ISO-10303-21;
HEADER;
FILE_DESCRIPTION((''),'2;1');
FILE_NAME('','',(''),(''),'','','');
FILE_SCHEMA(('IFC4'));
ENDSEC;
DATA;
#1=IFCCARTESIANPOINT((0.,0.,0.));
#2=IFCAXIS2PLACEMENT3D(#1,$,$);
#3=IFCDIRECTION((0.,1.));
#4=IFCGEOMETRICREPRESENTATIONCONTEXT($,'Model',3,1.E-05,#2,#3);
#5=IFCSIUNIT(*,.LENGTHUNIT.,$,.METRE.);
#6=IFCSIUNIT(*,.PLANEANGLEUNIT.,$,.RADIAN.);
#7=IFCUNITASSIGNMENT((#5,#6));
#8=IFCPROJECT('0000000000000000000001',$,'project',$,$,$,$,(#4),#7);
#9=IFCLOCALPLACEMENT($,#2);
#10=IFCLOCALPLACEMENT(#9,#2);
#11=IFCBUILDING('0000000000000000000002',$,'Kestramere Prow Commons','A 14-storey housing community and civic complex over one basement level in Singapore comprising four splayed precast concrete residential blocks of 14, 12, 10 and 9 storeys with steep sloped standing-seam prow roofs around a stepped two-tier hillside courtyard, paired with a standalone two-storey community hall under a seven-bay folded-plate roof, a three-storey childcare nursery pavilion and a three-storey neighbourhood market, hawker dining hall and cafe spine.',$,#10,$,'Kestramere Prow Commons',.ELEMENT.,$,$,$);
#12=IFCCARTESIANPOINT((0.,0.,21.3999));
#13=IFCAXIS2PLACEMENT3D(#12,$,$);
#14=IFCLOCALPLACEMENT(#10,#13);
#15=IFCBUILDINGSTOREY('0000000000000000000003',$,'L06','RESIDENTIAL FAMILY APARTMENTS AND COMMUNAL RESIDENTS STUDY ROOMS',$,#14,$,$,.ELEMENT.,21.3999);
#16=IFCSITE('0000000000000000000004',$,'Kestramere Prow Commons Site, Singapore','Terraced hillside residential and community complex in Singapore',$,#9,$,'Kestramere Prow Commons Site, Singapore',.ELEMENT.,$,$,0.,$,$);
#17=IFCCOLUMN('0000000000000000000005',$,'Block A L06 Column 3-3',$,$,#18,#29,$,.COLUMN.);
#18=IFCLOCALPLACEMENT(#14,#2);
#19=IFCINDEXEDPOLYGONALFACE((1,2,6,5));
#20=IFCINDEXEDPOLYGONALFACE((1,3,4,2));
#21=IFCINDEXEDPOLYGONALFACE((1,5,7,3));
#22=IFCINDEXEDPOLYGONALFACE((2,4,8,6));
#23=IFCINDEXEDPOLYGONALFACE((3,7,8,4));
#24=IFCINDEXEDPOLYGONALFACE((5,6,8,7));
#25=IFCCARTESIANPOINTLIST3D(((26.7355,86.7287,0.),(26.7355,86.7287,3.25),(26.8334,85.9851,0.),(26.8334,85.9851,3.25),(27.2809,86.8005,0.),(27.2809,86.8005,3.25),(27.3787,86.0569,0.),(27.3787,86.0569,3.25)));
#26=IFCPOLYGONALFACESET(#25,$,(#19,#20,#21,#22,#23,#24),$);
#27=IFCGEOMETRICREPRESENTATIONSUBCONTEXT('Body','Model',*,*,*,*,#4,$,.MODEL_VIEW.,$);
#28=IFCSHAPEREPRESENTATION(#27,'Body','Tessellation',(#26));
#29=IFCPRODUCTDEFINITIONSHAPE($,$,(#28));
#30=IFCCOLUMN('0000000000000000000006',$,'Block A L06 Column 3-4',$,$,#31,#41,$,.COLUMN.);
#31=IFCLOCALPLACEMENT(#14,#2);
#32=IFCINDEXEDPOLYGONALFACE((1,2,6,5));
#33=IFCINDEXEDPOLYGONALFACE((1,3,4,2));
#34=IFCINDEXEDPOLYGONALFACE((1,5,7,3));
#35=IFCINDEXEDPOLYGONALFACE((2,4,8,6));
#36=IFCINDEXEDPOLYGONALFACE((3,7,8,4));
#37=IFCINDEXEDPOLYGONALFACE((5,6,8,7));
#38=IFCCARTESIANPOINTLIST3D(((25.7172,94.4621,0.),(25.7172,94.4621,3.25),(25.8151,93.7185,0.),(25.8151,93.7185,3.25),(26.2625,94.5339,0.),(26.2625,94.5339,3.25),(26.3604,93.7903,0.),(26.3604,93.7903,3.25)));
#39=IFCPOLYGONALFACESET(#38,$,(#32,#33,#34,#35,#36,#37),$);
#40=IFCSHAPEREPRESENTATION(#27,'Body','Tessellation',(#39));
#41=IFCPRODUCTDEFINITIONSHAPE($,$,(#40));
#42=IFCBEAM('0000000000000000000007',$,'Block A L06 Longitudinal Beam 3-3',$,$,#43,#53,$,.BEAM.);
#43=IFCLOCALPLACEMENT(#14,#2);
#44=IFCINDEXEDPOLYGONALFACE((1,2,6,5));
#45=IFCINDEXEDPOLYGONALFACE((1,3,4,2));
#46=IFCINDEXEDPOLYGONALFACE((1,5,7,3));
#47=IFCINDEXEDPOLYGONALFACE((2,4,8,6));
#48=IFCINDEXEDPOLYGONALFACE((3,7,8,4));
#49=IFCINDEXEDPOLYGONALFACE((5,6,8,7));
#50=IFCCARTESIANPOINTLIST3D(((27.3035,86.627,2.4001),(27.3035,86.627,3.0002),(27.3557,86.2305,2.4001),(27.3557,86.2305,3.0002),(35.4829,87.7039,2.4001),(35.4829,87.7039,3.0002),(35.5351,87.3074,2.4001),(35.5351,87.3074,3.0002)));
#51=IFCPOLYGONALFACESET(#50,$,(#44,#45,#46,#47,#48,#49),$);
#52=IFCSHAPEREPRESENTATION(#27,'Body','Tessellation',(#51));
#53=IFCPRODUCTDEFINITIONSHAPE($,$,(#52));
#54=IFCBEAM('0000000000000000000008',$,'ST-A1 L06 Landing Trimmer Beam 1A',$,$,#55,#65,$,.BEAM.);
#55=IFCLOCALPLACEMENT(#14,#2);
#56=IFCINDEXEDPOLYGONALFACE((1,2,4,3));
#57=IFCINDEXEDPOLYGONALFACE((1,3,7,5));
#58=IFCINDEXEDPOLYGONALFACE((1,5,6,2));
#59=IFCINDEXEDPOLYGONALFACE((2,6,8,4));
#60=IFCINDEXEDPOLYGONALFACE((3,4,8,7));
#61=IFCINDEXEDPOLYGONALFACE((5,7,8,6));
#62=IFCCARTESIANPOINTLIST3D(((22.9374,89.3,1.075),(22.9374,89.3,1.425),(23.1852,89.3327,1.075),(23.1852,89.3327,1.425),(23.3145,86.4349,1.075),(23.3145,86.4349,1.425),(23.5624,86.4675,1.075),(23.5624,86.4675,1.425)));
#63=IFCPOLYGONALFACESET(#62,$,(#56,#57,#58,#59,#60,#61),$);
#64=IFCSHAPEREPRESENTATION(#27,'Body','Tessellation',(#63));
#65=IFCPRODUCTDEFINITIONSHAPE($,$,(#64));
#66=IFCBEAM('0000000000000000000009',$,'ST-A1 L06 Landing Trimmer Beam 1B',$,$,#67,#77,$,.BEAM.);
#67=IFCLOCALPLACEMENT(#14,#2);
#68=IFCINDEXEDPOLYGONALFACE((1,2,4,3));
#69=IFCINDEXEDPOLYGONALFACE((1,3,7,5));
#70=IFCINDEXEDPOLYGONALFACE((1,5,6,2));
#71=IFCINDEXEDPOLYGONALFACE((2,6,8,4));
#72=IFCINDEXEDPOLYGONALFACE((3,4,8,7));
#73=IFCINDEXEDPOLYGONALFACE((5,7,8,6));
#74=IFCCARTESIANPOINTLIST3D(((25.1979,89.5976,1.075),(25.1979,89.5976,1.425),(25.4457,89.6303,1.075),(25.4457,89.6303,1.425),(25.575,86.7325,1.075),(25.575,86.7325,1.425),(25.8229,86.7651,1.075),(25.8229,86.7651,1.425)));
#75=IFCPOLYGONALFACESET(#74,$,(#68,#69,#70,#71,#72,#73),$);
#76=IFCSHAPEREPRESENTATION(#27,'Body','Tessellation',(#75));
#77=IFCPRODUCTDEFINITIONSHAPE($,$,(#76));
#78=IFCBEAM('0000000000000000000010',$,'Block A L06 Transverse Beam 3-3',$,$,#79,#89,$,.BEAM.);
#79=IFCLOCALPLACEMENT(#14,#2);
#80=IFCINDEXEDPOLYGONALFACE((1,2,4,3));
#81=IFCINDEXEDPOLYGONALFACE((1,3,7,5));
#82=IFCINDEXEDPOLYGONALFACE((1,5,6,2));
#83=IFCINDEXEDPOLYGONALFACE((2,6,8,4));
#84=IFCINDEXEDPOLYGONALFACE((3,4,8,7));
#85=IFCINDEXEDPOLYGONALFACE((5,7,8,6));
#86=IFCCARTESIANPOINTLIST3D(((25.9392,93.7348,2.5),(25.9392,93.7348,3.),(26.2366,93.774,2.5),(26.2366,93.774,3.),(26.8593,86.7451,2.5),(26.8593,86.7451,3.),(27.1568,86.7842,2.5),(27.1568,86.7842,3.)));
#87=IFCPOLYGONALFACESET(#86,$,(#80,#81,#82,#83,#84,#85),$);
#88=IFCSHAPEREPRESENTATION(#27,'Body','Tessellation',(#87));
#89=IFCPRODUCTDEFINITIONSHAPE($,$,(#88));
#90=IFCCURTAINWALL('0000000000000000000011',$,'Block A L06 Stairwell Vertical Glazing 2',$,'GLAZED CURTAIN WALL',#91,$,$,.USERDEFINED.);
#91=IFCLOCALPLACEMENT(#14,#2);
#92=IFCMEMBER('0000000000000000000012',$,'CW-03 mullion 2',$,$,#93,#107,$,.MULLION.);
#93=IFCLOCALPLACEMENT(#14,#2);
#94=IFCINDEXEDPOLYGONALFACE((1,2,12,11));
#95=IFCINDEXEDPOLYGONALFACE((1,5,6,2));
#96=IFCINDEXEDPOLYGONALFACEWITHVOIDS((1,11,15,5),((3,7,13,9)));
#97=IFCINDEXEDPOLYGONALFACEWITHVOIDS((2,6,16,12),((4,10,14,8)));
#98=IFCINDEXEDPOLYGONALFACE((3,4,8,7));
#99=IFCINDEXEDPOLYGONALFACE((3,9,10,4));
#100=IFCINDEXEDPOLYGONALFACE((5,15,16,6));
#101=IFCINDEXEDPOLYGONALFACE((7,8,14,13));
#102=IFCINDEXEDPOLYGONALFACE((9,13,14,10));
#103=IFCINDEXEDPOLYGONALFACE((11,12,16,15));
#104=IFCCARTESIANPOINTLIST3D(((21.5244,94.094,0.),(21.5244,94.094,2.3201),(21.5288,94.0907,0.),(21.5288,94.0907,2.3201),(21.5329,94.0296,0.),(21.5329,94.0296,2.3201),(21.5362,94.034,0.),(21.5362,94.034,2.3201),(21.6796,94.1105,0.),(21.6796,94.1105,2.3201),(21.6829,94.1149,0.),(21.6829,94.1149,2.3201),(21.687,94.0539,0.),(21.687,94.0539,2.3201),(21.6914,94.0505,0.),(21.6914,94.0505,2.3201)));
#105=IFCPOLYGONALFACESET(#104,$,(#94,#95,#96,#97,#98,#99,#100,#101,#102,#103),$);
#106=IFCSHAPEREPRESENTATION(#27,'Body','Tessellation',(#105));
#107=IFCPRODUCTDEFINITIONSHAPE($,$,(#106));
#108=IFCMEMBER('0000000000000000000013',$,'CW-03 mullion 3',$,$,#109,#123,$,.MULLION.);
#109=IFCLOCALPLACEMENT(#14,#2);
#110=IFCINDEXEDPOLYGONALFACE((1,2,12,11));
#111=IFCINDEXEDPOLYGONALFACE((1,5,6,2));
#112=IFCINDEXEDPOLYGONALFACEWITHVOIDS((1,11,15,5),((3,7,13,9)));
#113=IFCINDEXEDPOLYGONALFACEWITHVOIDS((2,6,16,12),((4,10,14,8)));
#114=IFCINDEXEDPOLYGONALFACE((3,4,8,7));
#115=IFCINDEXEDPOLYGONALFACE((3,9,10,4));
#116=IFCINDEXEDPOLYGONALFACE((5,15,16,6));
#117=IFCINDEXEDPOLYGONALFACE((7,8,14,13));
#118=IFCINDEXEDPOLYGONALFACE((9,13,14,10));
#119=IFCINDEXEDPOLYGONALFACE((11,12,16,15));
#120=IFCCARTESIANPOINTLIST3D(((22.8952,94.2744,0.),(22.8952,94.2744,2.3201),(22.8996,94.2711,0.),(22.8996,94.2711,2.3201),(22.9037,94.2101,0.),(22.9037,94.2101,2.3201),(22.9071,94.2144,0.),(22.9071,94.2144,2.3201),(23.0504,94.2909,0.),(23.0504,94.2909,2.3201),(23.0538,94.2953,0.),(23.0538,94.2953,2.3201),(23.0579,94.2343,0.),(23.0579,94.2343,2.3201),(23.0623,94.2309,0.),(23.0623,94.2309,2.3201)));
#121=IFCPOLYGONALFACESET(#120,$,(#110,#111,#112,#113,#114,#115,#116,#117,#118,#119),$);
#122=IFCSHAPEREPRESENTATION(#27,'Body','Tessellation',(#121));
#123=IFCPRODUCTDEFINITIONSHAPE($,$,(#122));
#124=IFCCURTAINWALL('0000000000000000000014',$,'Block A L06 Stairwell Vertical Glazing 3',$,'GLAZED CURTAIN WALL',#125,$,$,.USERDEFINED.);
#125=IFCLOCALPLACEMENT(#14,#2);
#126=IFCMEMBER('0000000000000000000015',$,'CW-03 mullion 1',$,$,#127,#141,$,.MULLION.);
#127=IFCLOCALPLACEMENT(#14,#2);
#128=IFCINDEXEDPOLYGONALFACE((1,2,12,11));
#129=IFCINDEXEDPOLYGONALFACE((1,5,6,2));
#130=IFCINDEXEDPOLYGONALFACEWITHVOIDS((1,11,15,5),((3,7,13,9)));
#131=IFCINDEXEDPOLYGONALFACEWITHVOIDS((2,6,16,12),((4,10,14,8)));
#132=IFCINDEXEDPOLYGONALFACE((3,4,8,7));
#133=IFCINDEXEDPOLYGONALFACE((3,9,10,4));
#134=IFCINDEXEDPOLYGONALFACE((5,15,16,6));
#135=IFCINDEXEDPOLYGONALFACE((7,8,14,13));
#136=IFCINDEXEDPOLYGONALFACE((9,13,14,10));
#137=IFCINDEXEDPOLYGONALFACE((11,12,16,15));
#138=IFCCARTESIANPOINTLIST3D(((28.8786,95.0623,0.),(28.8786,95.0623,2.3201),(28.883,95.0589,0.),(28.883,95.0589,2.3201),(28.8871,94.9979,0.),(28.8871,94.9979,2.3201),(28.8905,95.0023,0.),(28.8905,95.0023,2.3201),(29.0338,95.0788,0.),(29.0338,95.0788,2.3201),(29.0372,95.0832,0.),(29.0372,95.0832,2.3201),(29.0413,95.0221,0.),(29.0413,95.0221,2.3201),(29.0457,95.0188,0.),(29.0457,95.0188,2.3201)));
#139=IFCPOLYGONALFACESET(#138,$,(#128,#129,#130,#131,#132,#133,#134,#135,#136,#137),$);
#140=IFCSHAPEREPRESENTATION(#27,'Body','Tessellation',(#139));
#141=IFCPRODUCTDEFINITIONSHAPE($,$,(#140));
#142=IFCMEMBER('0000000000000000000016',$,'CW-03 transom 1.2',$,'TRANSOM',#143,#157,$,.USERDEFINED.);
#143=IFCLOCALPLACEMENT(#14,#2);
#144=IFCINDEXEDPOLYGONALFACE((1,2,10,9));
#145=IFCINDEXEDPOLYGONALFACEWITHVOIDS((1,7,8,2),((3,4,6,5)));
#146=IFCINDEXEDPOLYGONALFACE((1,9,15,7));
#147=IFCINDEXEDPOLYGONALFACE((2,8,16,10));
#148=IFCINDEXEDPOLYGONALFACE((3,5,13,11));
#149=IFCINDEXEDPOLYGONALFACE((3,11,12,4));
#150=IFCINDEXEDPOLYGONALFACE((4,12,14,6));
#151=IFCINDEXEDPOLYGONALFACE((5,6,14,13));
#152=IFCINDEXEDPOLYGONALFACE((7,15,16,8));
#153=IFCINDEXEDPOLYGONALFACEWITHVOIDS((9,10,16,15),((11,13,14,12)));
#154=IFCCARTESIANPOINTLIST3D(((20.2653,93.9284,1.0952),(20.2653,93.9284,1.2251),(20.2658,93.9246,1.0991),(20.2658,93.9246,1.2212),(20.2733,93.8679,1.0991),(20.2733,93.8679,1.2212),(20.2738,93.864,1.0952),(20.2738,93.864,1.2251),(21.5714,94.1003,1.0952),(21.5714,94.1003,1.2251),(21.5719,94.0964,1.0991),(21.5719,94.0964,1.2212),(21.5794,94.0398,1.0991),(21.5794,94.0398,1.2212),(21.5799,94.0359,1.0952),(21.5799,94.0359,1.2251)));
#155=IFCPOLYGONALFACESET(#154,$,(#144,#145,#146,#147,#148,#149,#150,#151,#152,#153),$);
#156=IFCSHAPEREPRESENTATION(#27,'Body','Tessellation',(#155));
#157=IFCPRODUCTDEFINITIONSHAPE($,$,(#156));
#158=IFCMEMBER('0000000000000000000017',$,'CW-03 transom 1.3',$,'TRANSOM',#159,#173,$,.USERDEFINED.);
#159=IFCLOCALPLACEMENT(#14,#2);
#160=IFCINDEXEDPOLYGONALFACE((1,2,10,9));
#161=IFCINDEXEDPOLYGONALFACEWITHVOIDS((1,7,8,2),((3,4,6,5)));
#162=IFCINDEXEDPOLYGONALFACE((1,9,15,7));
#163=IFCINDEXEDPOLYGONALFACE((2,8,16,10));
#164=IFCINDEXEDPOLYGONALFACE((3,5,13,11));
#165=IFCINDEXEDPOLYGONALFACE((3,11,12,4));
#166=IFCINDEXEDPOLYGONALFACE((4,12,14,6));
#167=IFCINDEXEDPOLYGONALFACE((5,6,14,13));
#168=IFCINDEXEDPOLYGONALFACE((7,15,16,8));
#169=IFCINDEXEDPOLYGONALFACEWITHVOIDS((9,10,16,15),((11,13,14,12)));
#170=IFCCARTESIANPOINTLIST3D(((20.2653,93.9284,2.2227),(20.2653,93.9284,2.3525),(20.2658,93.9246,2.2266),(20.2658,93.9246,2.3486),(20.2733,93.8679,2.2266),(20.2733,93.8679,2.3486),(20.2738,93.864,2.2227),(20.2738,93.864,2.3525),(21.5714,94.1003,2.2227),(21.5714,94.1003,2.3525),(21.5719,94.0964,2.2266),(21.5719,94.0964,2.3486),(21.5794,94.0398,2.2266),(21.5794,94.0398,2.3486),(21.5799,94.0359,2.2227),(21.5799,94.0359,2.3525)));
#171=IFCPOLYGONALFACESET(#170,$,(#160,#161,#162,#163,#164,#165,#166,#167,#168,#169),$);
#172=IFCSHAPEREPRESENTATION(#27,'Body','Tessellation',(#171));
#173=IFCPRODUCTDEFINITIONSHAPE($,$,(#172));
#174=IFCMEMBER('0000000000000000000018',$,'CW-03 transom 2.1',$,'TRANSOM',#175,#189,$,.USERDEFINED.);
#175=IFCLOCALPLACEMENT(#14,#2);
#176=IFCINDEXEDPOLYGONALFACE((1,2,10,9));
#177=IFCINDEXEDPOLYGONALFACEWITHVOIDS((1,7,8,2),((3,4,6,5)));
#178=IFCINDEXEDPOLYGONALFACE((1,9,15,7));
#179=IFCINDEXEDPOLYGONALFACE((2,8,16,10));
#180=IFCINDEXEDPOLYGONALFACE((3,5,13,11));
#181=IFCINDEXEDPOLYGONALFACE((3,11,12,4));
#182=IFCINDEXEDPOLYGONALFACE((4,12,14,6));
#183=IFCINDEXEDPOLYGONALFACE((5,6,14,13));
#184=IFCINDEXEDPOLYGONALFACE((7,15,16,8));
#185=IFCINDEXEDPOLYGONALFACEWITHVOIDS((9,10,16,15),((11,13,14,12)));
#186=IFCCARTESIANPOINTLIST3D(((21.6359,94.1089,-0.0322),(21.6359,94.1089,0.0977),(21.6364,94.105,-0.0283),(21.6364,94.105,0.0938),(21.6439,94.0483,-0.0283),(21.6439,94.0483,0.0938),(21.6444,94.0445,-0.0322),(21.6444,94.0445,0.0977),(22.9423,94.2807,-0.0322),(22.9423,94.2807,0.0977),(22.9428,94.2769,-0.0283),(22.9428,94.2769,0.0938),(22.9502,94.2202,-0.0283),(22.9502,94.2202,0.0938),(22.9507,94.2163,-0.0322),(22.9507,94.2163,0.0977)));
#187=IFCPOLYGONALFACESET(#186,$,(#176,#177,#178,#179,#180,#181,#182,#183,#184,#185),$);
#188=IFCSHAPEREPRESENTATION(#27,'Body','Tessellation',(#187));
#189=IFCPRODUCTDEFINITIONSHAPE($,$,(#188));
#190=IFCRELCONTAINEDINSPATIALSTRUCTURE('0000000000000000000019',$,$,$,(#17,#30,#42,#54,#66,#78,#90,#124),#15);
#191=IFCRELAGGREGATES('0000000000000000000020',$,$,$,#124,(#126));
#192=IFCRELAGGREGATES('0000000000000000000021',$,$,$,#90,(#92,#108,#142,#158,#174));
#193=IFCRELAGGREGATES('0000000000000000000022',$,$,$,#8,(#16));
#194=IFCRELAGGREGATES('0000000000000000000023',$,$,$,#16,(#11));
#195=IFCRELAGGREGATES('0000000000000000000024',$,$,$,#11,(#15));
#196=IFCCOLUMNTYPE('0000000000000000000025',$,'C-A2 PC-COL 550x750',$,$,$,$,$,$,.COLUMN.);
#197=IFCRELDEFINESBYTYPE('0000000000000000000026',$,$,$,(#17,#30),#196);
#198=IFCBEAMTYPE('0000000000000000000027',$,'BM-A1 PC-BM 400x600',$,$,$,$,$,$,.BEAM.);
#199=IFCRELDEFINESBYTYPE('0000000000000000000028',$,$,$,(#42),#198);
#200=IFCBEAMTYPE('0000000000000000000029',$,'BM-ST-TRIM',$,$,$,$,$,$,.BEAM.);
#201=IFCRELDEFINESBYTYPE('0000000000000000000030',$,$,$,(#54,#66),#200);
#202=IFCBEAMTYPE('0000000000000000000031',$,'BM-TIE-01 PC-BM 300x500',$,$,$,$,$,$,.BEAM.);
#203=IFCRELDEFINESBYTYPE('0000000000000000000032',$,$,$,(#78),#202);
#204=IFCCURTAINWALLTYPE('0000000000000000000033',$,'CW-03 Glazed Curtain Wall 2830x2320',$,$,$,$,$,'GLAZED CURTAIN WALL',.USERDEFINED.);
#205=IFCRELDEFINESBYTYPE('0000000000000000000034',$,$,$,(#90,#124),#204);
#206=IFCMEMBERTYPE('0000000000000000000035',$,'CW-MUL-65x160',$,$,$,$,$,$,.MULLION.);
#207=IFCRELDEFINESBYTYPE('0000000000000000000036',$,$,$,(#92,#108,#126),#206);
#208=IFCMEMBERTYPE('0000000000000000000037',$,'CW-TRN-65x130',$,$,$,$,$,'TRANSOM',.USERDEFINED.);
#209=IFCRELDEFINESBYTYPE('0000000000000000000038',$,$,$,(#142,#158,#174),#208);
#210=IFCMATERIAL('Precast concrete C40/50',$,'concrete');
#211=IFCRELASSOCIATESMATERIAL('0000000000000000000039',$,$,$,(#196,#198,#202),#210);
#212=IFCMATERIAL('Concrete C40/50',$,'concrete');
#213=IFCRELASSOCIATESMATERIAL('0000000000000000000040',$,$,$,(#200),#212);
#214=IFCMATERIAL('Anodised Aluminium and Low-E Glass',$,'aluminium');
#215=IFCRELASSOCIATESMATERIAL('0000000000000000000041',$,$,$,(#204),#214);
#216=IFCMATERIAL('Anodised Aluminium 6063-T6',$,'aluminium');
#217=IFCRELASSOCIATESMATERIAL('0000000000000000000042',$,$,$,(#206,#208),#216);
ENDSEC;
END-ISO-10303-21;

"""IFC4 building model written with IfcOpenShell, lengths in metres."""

from ifc_helpers import new_model, si_unit, direction, frame, origin, origin_2d, place, context, subcontext, project, spatial, rectangle, hollow_rectangle, extrude, material, material_profile, profile_set, type_object, element, aggregate, save


model = new_model("IFC4")

# Units and contexts
model_context = context("Model", 3, precision=1e-05, world=origin(), true_north=direction((0.0, 1.0)))
body_context = subcontext(model_context, "Body", "Model", "MODEL_VIEW")
ifc_project = project(units=[si_unit("LENGTHUNIT", "METRE"), si_unit("PLANEANGLEUNIT", "RADIAN")], contexts=[model_context])

# Site, building, storey
site_placement = place(None, origin())
site = spatial("IfcSite", under=ifc_project, at=site_placement, Name="Kestramere Prow Commons Site, Singapore", Description="Terraced hillside residential and community complex in Singapore", LongName="Kestramere Prow Commons Site, Singapore", CompositionType="ELEMENT", RefElevation=0.0)
building_placement = place(site_placement, origin())
building = spatial("IfcBuilding", under=site, at=building_placement, Name="Kestramere Prow Commons", Description="A 14-storey housing community and civic complex over one basement level in Singapore comprising four splayed precast concrete residential blocks of 14, 12, 10 and 9 storeys with steep sloped standing-seam prow roofs around a stepped two-tier hillside courtyard, paired with a standalone two-storey community hall under a seven-bay folded-plate roof, a three-storey childcare nursery pavilion and a three-storey neighbourhood market, hawker dining hall and cafe spine.", LongName="Kestramere Prow Commons", CompositionType="ELEMENT")
storey_placement = place(building_placement, frame((0.0, 0.0, 21.3999)))
storey = spatial("IfcBuildingStorey", under=building, at=storey_placement, Name="L06", Description="RESIDENTIAL FAMILY APARTMENTS AND COMMUNAL RESIDENTS STUDY ROOMS", CompositionType="ELEMENT", Elevation=21.3999)

# Columns
ifc_material_1 = material(Name="Precast concrete C40/50", Category="concrete")
ifc_material_profile_1 = material_profile(ifc_material_1, rectangle(XDim=0.55, YDim=0.75, at=origin_2d()), Name="PC-COL 550x750")
ifc_profile_set_1 = profile_set([ifc_material_profile_1], Name="Precast concrete C40/50")
column_type = type_object("IfcColumnType", Name="C-A2 PC-COL 550x750", PredefinedType="COLUMN", material=ifc_profile_set_1)
for number, where, z_axis, x_axis, name in (
    (1, (27.0571, 86.3928, 0.0), (0.0, 0.0, 1.0), (0.991445, 0.130526, 0.0), "Block A L06 Column 3-3"),
    (2, (26.0388, 94.1262, 0.0), (0.0, 0.0, 1.0), (0.991445, 0.130526, 0.0), "Block A L06 Column 3-4"),
):
    element("IfcColumn", number, at=place(storey_placement, frame(where, z_axis=z_axis, x_axis=x_axis)), inside=storey, type_object=column_type, Name=name, PredefinedType="COLUMN", context=body_context, shape_type="SweptSolid", body=[
        extrude(rectangle(XDim=0.55, YDim=0.75, at=origin_2d()), origin(), (0.0, 0.0, 1.0), 3.25),
    ])

# Beams
ifc_material_profile_2 = material_profile(ifc_material_1, rectangle(XDim=0.3999, YDim=0.6001, at=origin_2d()), Name="PC-BM 400x600")
ifc_profile_set_2 = profile_set([ifc_material_profile_2], Name="Precast concrete C40/50")
beam_type_1 = type_object("IfcBeamType", Name="BM-A1 PC-BM 400x600", PredefinedType="BEAM", material=ifc_profile_set_2)
beam_1_placement = place(storey_placement, frame((27.3296, 86.4287, 2.7002), z_axis=(0.991444, 0.130533, 0.0), x_axis=(-0.130533, 0.991444, 0.0)))
element("IfcBeam", 3, at=beam_1_placement, inside=storey, type_object=beam_type_1, Name="Block A L06 Longitudinal Beam 3-3", PredefinedType="BEAM", context=body_context, shape_type="SweptSolid", body=[
    extrude(rectangle(XDim=0.3999, YDim=0.6001, at=origin_2d()), origin(), (0.0, 0.0, 1.0), 8.25),
])
ifc_material_2 = material(Name="Concrete C40/50", Category="concrete")
ifc_material_profile_3 = material_profile(ifc_material_2, rectangle(XDim=0.25, YDim=0.3501, at=origin_2d()), Name="PC-BM 250x350")
ifc_profile_set_3 = profile_set([ifc_material_profile_3], Name="Concrete C40/50")
beam_type_2 = type_object("IfcBeamType", Name="BM-ST-TRIM", PredefinedType="BEAM", material=ifc_profile_set_3)
for number, where, z_axis, x_axis, name in (
    (4, (23.4385, 86.4512, 1.25), (-0.13052, 0.991446, 0.0), (-0.991446, -0.13052, 0.0), "ST-A1 L06 Landing Trimmer Beam 1A"),
    (5, (25.699, 86.7488, 1.25), (-0.13052, 0.991446, 0.0), (-0.991446, -0.13052, 0.0), "ST-A1 L06 Landing Trimmer Beam 1B"),
):
    element("IfcBeam", number, at=place(storey_placement, frame(where, z_axis=z_axis, x_axis=x_axis)), inside=storey, type_object=beam_type_2, Name=name, PredefinedType="BEAM", context=body_context, shape_type="SweptSolid", body=[
        extrude(rectangle(XDim=0.25, YDim=0.3501, at=origin_2d()), origin(), (0.0, 0.0, 1.0), 2.8899),
    ])
ifc_material_profile_4 = material_profile(ifc_material_1, rectangle(XDim=0.3, YDim=0.5, at=origin_2d()), Name="PC-BM 300x500")
ifc_profile_set_4 = profile_set([ifc_material_profile_4], Name="Precast concrete C40/50")
beam_type_3 = type_object("IfcBeamType", Name="BM-TIE-01 PC-BM 300x500", PredefinedType="BEAM", material=ifc_profile_set_4)
beam_2_placement = place(storey_placement, frame((27.0081, 86.7646, 2.75), z_axis=(-0.130519, 0.991446, 0.0), x_axis=(-0.991446, -0.130519, 0.0)))
element("IfcBeam", 6, at=beam_2_placement, inside=storey, type_object=beam_type_3, Name="Block A L06 Transverse Beam 3-3", PredefinedType="BEAM", context=body_context, shape_type="SweptSolid", body=[
    extrude(rectangle(XDim=0.3, YDim=0.5, at=origin_2d()), origin(), (0.0, 0.0, 1.0), 7.05),
])

# Curtain wall, members
ifc_material_3 = material(Name="Anodised Aluminium and Low-E Glass", Category="aluminium")
curtain_wall_type = type_object("IfcCurtainWallType", Name="CW-03 Glazed Curtain Wall 2830x2320", ElementType="GLAZED CURTAIN WALL", PredefinedType="USERDEFINED", material=ifc_material_3)
curtain_wall_1_placement = place(storey_placement, origin())
curtain_wall_1 = element("IfcCurtainWall", 7, at=curtain_wall_1_placement, inside=storey, type_object=curtain_wall_type, Name="Block A L06 Stairwell Vertical Glazing 2", ObjectType="GLAZED CURTAIN WALL", PredefinedType="USERDEFINED")
ifc_material_4 = material(Name="Anodised Aluminium 6063-T6", Category="aluminium")
ifc_material_profile_5 = material_profile(ifc_material_4, hollow_rectangle(XDim=0.0649, YDim=0.1599, WallThickness=0.0039, at=origin_2d()), Name="ALU-MUL 65x160")
ifc_profile_set_5 = profile_set([ifc_material_profile_5], Name="Anodised Aluminium 6063-T6")
member_type_1 = type_object("IfcMemberType", Name="CW-MUL-65x160", PredefinedType="MULLION", material=ifc_profile_set_5)
member_1_placement = place(storey_placement, frame((21.6079, 94.0723, 0.0), z_axis=(0.0, 0.0, 1.0), x_axis=(-0.130526, 0.991445, 0.0)))
member_1 = element("IfcMember", 8, at=member_1_placement, type_object=member_type_1, Name="CW-03 mullion 2", PredefinedType="MULLION", context=body_context, shape_type="SweptSolid", body=[
    extrude(hollow_rectangle(XDim=0.0649, YDim=0.1599, WallThickness=0.0039, at=origin_2d()), origin(), (0.0, 0.0, 1.0), 2.3201),
])
member_2_placement = place(storey_placement, frame((22.9788, 94.2527, 0.0), z_axis=(0.0, 0.0, 1.0), x_axis=(-0.130526, 0.991445, 0.0)))
member_2 = element("IfcMember", 9, at=member_2_placement, type_object=member_type_1, Name="CW-03 mullion 3", PredefinedType="MULLION", context=body_context, shape_type="SweptSolid", body=[
    extrude(hollow_rectangle(XDim=0.0649, YDim=0.1599, WallThickness=0.0039, at=origin_2d()), origin(), (0.0, 0.0, 1.0), 2.3201),
])

# Curtain wall, member
curtain_wall_2_placement = place(storey_placement, origin())
curtain_wall_2 = element("IfcCurtainWall", 10, at=curtain_wall_2_placement, inside=storey, type_object=curtain_wall_type, Name="Block A L06 Stairwell Vertical Glazing 3", ObjectType="GLAZED CURTAIN WALL", PredefinedType="USERDEFINED")
member_3_placement = place(storey_placement, frame((28.9622, 95.0405, 0.0), z_axis=(0.0, 0.0, 1.0), x_axis=(-0.130526, 0.991445, 0.0)))
member_3 = element("IfcMember", 11, at=member_3_placement, type_object=member_type_1, Name="CW-03 mullion 1", PredefinedType="MULLION", context=body_context, shape_type="SweptSolid", body=[
    extrude(hollow_rectangle(XDim=0.0649, YDim=0.1599, WallThickness=0.0039, at=origin_2d()), origin(), (0.0, 0.0, 1.0), 2.3201),
])

# Members
ifc_material_profile_6 = material_profile(ifc_material_4, hollow_rectangle(XDim=0.0649, YDim=0.1299, WallThickness=0.0039, at=origin_2d()), Name="ALU-TRN 65x130")
ifc_profile_set_6 = profile_set([ifc_material_profile_6], Name="Anodised Aluminium 6063-T6")
member_type_2 = type_object("IfcMemberType", Name="CW-TRN-65x130", ElementType="TRANSOM", PredefinedType="USERDEFINED", material=ifc_profile_set_6)
member_4_placement = place(storey_placement, frame((20.2695, 93.8962, 1.1602), z_axis=(0.991453, 0.130464, 0.0), x_axis=(-0.130464, 0.991453, 0.0)))
member_4 = element("IfcMember", 12, at=member_4_placement, type_object=member_type_2, Name="CW-03 transom 1.2", ObjectType="TRANSOM", PredefinedType="USERDEFINED", context=body_context, shape_type="SweptSolid", body=[
    extrude(hollow_rectangle(XDim=0.0649, YDim=0.1299, WallThickness=0.0039, at=origin_2d()), origin(), (0.0, 0.0, 1.0), 1.3174),
])
member_5_placement = place(storey_placement, frame((20.2695, 93.8962, 2.2876), z_axis=(0.991453, 0.130464, 0.0), x_axis=(-0.130464, 0.991453, 0.0)))
member_5 = element("IfcMember", 13, at=member_5_placement, type_object=member_type_2, Name="CW-03 transom 1.3", ObjectType="TRANSOM", PredefinedType="USERDEFINED", context=body_context, shape_type="SweptSolid", body=[
    extrude(hollow_rectangle(XDim=0.0649, YDim=0.1299, WallThickness=0.0039, at=origin_2d()), origin(), (0.0, 0.0, 1.0), 1.3174),
])
member_6_placement = place(storey_placement, frame((21.6401, 94.0767, 0.0327), z_axis=(0.991456, 0.13044, 0.0), x_axis=(-0.13044, 0.991456, 0.0)))
member_6 = element("IfcMember", 14, at=member_6_placement, type_object=member_type_2, Name="CW-03 transom 2.1", ObjectType="TRANSOM", PredefinedType="USERDEFINED", context=body_context, shape_type="SweptSolid", body=[
    extrude(hollow_rectangle(XDim=0.0649, YDim=0.1299, WallThickness=0.0039, at=origin_2d()), origin(), (0.0, 0.0, 1.0), 1.3176),
])
aggregate(curtain_wall_2, [member_3])

aggregate(curtain_wall_1, [member_1, member_2, member_4, member_5, member_6])

save(model, "model.ifc")
